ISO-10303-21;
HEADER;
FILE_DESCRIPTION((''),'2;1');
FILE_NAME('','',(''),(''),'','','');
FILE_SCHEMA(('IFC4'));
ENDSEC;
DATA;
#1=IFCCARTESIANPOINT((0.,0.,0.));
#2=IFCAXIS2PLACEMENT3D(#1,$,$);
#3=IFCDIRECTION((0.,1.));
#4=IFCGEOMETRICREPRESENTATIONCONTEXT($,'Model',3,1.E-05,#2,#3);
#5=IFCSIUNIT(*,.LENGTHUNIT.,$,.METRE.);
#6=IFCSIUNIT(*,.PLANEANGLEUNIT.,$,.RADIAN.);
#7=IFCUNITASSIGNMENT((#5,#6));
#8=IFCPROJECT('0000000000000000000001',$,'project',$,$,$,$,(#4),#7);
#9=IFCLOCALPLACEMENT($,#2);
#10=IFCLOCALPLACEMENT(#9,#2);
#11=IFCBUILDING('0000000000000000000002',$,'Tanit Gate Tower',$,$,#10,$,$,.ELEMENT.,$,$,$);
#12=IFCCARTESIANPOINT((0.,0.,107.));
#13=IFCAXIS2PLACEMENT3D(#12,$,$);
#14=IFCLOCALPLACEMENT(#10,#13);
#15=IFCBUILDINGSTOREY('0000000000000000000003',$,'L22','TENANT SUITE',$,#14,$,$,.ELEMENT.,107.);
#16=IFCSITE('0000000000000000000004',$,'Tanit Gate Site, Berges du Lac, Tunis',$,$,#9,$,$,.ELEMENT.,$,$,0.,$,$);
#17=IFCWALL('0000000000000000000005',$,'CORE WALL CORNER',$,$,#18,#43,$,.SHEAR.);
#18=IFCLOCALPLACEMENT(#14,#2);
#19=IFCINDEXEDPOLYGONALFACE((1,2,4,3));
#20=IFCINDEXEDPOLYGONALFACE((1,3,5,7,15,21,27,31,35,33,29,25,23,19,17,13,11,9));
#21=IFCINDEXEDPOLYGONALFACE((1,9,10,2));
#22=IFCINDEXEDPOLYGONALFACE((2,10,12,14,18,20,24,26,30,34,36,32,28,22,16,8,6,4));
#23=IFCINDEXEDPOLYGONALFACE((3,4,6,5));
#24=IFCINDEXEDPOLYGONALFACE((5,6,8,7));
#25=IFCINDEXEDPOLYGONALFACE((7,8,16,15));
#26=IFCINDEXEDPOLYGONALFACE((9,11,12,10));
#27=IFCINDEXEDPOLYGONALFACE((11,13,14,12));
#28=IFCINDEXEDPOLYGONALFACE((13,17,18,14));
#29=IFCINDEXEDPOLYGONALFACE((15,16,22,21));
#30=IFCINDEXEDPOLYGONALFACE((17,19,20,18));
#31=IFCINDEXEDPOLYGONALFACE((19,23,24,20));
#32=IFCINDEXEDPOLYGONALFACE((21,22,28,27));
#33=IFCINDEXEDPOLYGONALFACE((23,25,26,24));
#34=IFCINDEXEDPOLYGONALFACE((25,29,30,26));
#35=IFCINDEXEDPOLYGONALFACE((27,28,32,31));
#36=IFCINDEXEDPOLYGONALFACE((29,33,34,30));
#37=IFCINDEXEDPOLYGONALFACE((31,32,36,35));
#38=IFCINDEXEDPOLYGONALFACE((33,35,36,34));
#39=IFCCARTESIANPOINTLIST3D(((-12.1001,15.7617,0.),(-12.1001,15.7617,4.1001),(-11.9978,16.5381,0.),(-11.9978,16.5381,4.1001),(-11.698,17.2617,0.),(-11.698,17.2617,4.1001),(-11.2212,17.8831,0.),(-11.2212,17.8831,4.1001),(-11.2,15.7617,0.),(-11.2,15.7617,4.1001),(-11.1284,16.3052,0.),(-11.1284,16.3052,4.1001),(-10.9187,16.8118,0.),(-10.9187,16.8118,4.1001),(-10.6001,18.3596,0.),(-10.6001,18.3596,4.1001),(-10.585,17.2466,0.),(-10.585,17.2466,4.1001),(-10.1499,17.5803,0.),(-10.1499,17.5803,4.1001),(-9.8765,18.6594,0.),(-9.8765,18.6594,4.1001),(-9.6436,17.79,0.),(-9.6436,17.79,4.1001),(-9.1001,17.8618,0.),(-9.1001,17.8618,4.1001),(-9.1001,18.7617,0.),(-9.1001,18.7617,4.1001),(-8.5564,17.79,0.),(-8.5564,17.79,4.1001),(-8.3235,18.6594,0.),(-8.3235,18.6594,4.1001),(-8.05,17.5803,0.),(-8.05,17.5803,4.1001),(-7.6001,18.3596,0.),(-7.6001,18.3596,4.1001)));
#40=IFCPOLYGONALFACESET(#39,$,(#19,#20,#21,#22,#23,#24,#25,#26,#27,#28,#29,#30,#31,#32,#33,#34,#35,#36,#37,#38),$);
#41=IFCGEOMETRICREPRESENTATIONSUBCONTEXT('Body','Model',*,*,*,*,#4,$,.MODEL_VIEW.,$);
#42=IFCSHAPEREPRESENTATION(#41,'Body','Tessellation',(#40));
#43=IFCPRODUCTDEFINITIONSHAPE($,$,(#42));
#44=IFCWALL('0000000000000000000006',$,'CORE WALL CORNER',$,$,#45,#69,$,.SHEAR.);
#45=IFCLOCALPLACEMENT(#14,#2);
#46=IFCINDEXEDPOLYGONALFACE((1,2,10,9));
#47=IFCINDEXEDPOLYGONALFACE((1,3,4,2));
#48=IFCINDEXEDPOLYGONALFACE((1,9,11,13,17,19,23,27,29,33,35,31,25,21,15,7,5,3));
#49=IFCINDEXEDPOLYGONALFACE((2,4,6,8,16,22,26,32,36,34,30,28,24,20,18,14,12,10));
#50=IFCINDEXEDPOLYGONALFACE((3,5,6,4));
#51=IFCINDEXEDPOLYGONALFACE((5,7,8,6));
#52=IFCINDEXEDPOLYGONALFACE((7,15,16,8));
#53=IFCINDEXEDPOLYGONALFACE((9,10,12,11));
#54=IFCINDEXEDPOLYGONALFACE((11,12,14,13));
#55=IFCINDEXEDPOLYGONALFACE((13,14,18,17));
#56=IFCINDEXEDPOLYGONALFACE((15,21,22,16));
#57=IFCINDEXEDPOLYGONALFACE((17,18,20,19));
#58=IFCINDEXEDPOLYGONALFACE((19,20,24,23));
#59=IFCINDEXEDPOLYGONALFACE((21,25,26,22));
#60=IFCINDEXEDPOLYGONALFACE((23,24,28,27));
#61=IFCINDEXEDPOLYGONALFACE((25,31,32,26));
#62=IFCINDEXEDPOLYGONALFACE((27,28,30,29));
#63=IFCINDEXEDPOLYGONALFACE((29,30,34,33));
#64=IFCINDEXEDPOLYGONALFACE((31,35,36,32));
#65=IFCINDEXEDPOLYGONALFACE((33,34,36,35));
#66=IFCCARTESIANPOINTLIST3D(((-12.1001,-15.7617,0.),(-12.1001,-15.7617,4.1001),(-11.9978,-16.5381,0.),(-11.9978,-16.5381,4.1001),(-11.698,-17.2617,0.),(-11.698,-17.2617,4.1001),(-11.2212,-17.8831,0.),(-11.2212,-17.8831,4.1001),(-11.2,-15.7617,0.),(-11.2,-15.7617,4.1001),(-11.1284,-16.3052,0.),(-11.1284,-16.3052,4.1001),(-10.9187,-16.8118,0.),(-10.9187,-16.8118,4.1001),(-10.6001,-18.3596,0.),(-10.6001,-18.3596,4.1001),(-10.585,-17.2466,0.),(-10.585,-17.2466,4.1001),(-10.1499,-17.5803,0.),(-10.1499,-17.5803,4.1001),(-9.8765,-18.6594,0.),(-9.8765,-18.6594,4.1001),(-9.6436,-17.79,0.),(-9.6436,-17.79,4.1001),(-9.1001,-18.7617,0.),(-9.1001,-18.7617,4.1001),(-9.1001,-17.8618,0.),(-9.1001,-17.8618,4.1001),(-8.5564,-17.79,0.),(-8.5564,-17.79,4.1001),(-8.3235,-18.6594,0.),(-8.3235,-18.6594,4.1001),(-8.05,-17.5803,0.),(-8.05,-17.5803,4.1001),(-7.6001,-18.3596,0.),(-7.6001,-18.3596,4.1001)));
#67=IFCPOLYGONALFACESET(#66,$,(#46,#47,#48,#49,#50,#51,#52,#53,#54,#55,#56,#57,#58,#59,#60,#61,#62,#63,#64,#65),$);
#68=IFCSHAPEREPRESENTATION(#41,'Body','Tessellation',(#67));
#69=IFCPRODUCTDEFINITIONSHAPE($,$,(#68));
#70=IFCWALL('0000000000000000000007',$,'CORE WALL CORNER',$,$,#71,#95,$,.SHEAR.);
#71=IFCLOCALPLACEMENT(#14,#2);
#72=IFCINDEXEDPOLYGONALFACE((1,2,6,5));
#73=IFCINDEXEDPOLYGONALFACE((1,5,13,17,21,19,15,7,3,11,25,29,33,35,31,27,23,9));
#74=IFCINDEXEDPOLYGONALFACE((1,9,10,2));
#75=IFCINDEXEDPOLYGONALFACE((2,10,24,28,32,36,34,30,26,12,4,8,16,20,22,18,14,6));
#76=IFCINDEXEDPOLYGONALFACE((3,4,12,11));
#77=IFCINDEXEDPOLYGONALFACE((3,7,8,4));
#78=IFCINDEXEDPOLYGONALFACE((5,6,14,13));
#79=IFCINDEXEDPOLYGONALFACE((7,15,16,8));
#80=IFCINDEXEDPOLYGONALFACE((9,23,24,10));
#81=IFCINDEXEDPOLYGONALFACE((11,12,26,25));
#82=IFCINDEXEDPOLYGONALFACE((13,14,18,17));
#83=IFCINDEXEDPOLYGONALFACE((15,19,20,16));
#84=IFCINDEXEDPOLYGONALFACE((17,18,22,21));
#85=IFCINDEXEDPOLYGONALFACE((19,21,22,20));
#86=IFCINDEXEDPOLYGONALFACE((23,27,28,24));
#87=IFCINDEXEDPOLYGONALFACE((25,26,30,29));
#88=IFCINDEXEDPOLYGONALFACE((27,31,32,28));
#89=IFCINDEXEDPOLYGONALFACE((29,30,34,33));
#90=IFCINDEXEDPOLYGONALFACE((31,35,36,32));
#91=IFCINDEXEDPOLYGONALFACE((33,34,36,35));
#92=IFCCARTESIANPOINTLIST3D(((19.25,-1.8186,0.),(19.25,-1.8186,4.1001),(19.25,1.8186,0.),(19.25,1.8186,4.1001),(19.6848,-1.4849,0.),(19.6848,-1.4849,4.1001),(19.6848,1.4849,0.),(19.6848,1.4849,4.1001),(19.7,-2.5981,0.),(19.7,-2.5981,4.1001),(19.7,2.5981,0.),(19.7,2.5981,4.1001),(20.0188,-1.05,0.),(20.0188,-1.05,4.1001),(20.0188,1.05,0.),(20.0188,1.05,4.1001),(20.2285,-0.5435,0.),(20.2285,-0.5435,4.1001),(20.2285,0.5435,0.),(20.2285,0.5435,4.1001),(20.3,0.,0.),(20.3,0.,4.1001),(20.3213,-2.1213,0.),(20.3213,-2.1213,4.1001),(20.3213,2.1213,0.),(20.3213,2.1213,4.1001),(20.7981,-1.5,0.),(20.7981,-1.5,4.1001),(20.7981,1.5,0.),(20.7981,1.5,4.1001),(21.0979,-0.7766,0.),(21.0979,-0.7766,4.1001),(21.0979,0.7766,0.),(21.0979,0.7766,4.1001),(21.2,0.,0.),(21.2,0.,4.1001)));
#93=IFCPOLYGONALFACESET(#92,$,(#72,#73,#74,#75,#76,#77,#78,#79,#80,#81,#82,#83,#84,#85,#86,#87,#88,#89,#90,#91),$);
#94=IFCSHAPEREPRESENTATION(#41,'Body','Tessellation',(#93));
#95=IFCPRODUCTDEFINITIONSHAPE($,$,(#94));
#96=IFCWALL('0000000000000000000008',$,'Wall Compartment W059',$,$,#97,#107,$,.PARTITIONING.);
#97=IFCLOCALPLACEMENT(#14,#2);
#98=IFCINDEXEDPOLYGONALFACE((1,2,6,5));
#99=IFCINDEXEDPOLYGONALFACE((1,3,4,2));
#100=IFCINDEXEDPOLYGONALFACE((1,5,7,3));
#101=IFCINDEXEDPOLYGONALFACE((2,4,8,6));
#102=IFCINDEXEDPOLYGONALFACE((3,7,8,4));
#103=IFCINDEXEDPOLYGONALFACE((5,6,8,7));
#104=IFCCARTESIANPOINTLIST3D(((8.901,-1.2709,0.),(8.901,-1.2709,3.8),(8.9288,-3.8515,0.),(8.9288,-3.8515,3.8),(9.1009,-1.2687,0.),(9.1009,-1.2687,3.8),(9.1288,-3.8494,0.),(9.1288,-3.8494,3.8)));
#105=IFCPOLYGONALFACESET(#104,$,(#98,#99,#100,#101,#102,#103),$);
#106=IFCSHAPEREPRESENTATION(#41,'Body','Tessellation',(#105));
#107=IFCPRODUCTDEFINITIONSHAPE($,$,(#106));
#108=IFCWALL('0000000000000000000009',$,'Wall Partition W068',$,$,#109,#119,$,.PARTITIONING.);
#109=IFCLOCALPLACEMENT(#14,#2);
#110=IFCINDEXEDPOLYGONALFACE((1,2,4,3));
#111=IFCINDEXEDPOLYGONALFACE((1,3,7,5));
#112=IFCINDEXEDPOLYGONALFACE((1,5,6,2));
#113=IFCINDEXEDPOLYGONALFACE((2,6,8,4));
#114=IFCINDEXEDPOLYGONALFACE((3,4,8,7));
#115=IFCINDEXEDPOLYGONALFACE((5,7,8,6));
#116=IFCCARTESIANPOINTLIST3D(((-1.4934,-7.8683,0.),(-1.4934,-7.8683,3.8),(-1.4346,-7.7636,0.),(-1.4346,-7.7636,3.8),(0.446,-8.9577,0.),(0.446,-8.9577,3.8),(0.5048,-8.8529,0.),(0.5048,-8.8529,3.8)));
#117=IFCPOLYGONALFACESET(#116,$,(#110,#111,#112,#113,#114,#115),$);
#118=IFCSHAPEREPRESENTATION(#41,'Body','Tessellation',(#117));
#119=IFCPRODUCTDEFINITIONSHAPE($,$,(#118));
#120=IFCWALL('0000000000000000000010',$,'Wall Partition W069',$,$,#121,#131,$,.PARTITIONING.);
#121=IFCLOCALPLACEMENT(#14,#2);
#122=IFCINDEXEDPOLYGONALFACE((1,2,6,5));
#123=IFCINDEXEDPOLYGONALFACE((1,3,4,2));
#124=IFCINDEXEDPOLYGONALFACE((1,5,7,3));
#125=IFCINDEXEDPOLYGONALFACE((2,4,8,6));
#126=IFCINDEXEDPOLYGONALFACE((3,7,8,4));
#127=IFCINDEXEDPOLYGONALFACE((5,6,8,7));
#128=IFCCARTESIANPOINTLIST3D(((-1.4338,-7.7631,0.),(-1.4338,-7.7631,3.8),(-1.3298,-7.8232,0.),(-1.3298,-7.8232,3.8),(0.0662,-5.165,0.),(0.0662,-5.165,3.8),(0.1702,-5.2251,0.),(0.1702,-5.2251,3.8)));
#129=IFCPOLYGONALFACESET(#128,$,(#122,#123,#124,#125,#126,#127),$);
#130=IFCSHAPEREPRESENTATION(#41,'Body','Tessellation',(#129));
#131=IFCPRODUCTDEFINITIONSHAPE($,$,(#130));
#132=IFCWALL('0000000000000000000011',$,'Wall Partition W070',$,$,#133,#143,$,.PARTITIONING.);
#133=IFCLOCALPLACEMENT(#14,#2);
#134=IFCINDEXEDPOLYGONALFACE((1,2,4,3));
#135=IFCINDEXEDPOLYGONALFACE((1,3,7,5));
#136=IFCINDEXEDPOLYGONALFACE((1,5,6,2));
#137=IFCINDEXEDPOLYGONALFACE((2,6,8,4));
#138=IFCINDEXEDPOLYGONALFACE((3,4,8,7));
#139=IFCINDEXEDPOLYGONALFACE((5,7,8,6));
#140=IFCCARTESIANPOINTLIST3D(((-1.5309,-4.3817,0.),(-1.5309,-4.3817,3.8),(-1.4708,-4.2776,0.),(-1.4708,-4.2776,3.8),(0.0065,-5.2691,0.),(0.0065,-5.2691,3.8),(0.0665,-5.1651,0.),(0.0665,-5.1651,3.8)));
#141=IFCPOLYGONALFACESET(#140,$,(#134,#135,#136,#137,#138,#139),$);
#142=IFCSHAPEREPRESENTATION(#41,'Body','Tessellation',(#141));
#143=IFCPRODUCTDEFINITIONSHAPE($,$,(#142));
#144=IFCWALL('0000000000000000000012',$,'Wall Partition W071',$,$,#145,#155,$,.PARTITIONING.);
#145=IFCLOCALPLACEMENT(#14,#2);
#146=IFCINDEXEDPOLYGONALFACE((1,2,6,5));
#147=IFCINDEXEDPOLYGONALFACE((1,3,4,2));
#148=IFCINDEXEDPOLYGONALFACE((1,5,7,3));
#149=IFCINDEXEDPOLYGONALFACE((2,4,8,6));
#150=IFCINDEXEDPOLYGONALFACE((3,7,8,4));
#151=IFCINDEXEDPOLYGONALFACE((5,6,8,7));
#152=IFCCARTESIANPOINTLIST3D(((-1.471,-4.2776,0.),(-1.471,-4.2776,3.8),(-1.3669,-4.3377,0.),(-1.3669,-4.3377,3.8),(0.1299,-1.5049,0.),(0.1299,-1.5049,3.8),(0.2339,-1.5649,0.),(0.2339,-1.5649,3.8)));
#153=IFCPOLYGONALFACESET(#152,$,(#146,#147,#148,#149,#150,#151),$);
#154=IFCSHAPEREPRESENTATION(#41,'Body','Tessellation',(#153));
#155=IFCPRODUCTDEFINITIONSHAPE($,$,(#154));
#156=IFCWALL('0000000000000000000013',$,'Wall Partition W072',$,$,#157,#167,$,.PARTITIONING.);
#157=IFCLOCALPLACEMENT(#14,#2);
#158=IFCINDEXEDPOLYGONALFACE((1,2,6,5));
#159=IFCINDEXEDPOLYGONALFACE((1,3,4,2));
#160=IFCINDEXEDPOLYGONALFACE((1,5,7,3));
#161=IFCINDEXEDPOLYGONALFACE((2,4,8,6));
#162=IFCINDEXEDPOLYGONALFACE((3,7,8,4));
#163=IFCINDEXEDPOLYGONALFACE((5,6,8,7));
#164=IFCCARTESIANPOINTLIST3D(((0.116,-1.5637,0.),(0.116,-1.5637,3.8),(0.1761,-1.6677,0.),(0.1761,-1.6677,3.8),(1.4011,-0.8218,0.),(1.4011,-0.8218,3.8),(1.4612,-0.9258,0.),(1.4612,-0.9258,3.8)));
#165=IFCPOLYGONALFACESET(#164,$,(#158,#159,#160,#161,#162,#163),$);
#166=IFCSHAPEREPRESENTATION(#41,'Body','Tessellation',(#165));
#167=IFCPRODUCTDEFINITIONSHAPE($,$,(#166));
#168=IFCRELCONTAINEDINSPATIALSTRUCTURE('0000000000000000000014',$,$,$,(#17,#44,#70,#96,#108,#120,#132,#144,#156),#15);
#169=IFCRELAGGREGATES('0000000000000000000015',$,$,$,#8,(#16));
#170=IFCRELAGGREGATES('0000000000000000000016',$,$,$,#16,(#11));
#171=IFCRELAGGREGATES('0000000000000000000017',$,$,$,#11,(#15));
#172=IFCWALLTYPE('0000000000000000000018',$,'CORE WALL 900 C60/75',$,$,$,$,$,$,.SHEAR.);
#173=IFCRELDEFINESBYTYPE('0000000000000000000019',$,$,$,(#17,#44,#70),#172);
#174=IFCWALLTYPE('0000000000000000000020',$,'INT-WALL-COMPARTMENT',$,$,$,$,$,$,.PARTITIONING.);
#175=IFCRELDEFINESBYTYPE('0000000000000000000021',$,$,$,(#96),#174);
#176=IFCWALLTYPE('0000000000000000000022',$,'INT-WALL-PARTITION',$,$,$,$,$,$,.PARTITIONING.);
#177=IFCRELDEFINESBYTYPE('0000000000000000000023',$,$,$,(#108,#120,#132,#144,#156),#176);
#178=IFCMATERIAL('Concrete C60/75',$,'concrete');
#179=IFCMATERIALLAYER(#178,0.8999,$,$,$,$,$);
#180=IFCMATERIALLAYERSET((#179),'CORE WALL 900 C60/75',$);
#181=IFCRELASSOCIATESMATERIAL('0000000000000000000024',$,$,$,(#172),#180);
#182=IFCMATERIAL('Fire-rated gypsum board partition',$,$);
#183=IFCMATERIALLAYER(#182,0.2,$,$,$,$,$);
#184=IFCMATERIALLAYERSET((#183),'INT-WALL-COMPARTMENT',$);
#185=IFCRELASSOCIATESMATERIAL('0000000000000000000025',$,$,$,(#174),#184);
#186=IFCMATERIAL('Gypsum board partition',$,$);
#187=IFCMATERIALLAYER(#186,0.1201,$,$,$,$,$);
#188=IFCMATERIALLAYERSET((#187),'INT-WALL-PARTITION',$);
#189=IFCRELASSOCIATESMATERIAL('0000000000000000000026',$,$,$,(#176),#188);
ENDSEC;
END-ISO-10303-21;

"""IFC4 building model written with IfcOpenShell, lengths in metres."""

from ifc_helpers import new_model, si_unit, direction, frame, frame_2d, origin, place, context, subcontext, project, spatial, polyline, rectangle, outline, extrude, material, layer, layer_set, type_object, element, save


model = new_model("IFC4")

# Units and contexts
model_context = context("Model", 3, precision=1e-05, world=origin(), true_north=direction((0.0, 1.0)))
body_context = subcontext(model_context, "Body", "Model", "MODEL_VIEW")
ifc_project = project(units=[si_unit("LENGTHUNIT", "METRE"), si_unit("PLANEANGLEUNIT", "RADIAN")], contexts=[model_context])

# Site, building, storey
site_placement = place(None, origin())
site = spatial("IfcSite", under=ifc_project, at=site_placement, Name="Tanit Gate Site, Berges du Lac, Tunis", CompositionType="ELEMENT", RefElevation=0.0)
building_placement = place(site_placement, origin())
building = spatial("IfcBuilding", under=site, at=building_placement, Name="Tanit Gate Tower", CompositionType="ELEMENT")
storey_placement = place(building_placement, frame((0.0, 0.0, 107.0)))
storey = spatial("IfcBuildingStorey", under=building, at=storey_placement, Name="L22", Description="TENANT SUITE", CompositionType="ELEMENT", Elevation=107.0)

# Walls
ifc_material_1 = material(Name="Concrete C60/75", Category="concrete")
ifc_layer_1 = layer(ifc_material_1, 0.8999)
ifc_layer_set_1 = layer_set([ifc_layer_1], Name="CORE WALL 900 C60/75")
wall_type_1 = type_object("IfcWallType", Name="CORE WALL 900 C60/75", PredefinedType="SHEAR", material=ifc_layer_set_1)
wall_1_placement = place(storey_placement, origin())
element("IfcWall", 1, at=wall_1_placement, inside=storey, type_object=wall_type_1, Name="CORE WALL CORNER", PredefinedType="SHEAR", context=body_context, shape_type="SweptSolid", body=[
    extrude(outline(polyline([(-7.6001, 18.3596), (-8.3235, 18.6594), (-9.1001, 18.7617), (-9.8765, 18.6594), (-10.6001, 18.3596), (-11.2212, 17.8831), (-11.698, 17.2617), (-11.9978, 16.5381), (-12.1001, 15.7617), (-11.2, 15.7617), (-11.1284, 16.3052), (-10.9187, 16.8118), (-10.585, 17.2466), (-10.1499, 17.5803), (-9.6436, 17.79), (-9.1001, 17.8618), (-8.5564, 17.79), (-8.05, 17.5803), (-7.6001, 18.3596)])), origin(), (0.0, 0.0, 1.0), 4.1001),
])
wall_2_placement = place(storey_placement, origin())
element("IfcWall", 2, at=wall_2_placement, inside=storey, type_object=wall_type_1, Name="CORE WALL CORNER", PredefinedType="SHEAR", context=body_context, shape_type="SweptSolid", body=[
    extrude(outline(polyline([(-12.1001, -15.7617), (-11.9978, -16.5381), (-11.698, -17.2617), (-11.2212, -17.8831), (-10.6001, -18.3596), (-9.8765, -18.6594), (-9.1001, -18.7617), (-8.3235, -18.6594), (-7.6001, -18.3596), (-8.05, -17.5803), (-8.5564, -17.79), (-9.1001, -17.8618), (-9.6436, -17.79), (-10.1499, -17.5803), (-10.585, -17.2466), (-10.9187, -16.8118), (-11.1284, -16.3052), (-11.2, -15.7617), (-12.1001, -15.7617)])), origin(), (0.0, 0.0, 1.0), 4.1001),
])
wall_3_placement = place(storey_placement, origin())
element("IfcWall", 3, at=wall_3_placement, inside=storey, type_object=wall_type_1, Name="CORE WALL CORNER", PredefinedType="SHEAR", context=body_context, shape_type="SweptSolid", body=[
    extrude(outline(polyline([(19.7, -2.5981), (20.3213, -2.1213), (20.7981, -1.5), (21.0979, -0.7766), (21.2, 0.0), (21.0979, 0.7766), (20.7981, 1.5), (20.3213, 2.1213), (19.7, 2.5981), (19.25, 1.8186), (19.6848, 1.4849), (20.0188, 1.05), (20.2285, 0.5435), (20.3, 0.0), (20.2285, -0.5435), (20.0188, -1.05), (19.6848, -1.4849), (19.25, -1.8186), (19.7, -2.5981)])), origin(), (0.0, 0.0, 1.0), 4.1001),
])
ifc_material_2 = material(Name="Fire-rated gypsum board partition")
ifc_layer_2 = layer(ifc_material_2, 0.2)
ifc_layer_set_2 = layer_set([ifc_layer_2], Name="INT-WALL-COMPARTMENT")
wall_type_2 = type_object("IfcWallType", Name="INT-WALL-COMPARTMENT", PredefinedType="PARTITIONING", material=ifc_layer_set_2)
wall_4_placement = place(storey_placement, frame((9.0288, -3.8506, 0.0), z_axis=(0.0, 0.0, 1.0), x_axis=(-0.010785, 0.999942, 0.0)))
element("IfcWall", 4, at=wall_4_placement, inside=storey, type_object=wall_type_2, Name="Wall Compartment W059", PredefinedType="PARTITIONING", context=body_context, shape_type="SweptSolid", body=[
    extrude(rectangle(XDim=2.5808, YDim=0.2, at=frame_2d((1.2905, 0.0))), origin(), (0.0, 0.0, 1.0), 3.8),
])
ifc_material_3 = material(Name="Gypsum board partition")
ifc_layer_3 = layer(ifc_material_3, 0.1201)
ifc_layer_set_3 = layer_set([ifc_layer_3], Name="INT-WALL-PARTITION")
wall_type_3 = type_object("IfcWallType", Name="INT-WALL-PARTITION", PredefinedType="PARTITIONING", material=ifc_layer_set_3)
wall_5_placement = place(storey_placement, frame((-1.4641, -7.8159, 0.0), z_axis=(0.0, 0.0, 1.0), x_axis=(0.87188, -0.489719, 0.0)))
element("IfcWall", 5, at=wall_5_placement, inside=storey, type_object=wall_type_3, Name="Wall Partition W068", PredefinedType="PARTITIONING", context=body_context, shape_type="SweptSolid", body=[
    extrude(rectangle(XDim=2.2244, YDim=0.1201, at=frame_2d((1.1123, 0.0))), origin(), (0.0, 0.0, 1.0), 3.8),
])
wall_6_placement = place(storey_placement, frame((0.1182, -5.1951, 0.0), z_axis=(0.0, 0.0, 1.0), x_axis=(-0.49999, -0.866031, 0.0)))
element("IfcWall", 6, at=wall_6_placement, inside=storey, type_object=wall_type_3, Name="Wall Partition W069", PredefinedType="PARTITIONING", context=body_context, shape_type="SweptSolid", body=[
    extrude(rectangle(XDim=3.0, YDim=0.1201, at=frame_2d((1.5, 0.0))), origin(), (0.0, 0.0, 1.0), 3.8),
])
wall_7_placement = place(storey_placement, frame((-1.501, -4.3296, 0.0), z_axis=(0.0, 0.0, 1.0), x_axis=(0.86606, -0.499941, 0.0)))
element("IfcWall", 7, at=wall_7_placement, inside=storey, type_object=wall_type_3, Name="Wall Partition W070", PredefinedType="PARTITIONING", context=body_context, shape_type="SweptSolid", body=[
    extrude(rectangle(XDim=1.7751, YDim=0.1201, at=frame_2d((0.8877, 0.0))), origin(), (0.0, 0.0, 1.0), 3.8),
])
wall_8_placement = place(storey_placement, frame((0.1819, -1.5349, 0.0), z_axis=(0.0, 0.0, 1.0), x_axis=(-0.500002, -0.866024, 0.0)))
element("IfcWall", 8, at=wall_8_placement, inside=storey, type_object=wall_type_3, Name="Wall Partition W071", PredefinedType="PARTITIONING", context=body_context, shape_type="SweptSolid", body=[
    extrude(rectangle(XDim=3.2017, YDim=0.1201, at=frame_2d((1.6008, 0.0))), origin(), (0.0, 0.0, 1.0), 3.8),
])
wall_9_placement = place(storey_placement, frame((1.4312, -0.8738, 0.0), z_axis=(0.0, 0.0, 1.0), x_axis=(-0.866038, -0.499979, 0.0)))
element("IfcWall", 9, at=wall_9_placement, inside=storey, type_object=wall_type_3, Name="Wall Partition W072", PredefinedType="PARTITIONING", context=body_context, shape_type="SweptSolid", body=[
    extrude(rectangle(XDim=1.4839, YDim=0.1201, at=frame_2d((0.7419, 0.0))), origin(), (0.0, 0.0, 1.0), 3.8),
])

save(model, "model.ifc")
